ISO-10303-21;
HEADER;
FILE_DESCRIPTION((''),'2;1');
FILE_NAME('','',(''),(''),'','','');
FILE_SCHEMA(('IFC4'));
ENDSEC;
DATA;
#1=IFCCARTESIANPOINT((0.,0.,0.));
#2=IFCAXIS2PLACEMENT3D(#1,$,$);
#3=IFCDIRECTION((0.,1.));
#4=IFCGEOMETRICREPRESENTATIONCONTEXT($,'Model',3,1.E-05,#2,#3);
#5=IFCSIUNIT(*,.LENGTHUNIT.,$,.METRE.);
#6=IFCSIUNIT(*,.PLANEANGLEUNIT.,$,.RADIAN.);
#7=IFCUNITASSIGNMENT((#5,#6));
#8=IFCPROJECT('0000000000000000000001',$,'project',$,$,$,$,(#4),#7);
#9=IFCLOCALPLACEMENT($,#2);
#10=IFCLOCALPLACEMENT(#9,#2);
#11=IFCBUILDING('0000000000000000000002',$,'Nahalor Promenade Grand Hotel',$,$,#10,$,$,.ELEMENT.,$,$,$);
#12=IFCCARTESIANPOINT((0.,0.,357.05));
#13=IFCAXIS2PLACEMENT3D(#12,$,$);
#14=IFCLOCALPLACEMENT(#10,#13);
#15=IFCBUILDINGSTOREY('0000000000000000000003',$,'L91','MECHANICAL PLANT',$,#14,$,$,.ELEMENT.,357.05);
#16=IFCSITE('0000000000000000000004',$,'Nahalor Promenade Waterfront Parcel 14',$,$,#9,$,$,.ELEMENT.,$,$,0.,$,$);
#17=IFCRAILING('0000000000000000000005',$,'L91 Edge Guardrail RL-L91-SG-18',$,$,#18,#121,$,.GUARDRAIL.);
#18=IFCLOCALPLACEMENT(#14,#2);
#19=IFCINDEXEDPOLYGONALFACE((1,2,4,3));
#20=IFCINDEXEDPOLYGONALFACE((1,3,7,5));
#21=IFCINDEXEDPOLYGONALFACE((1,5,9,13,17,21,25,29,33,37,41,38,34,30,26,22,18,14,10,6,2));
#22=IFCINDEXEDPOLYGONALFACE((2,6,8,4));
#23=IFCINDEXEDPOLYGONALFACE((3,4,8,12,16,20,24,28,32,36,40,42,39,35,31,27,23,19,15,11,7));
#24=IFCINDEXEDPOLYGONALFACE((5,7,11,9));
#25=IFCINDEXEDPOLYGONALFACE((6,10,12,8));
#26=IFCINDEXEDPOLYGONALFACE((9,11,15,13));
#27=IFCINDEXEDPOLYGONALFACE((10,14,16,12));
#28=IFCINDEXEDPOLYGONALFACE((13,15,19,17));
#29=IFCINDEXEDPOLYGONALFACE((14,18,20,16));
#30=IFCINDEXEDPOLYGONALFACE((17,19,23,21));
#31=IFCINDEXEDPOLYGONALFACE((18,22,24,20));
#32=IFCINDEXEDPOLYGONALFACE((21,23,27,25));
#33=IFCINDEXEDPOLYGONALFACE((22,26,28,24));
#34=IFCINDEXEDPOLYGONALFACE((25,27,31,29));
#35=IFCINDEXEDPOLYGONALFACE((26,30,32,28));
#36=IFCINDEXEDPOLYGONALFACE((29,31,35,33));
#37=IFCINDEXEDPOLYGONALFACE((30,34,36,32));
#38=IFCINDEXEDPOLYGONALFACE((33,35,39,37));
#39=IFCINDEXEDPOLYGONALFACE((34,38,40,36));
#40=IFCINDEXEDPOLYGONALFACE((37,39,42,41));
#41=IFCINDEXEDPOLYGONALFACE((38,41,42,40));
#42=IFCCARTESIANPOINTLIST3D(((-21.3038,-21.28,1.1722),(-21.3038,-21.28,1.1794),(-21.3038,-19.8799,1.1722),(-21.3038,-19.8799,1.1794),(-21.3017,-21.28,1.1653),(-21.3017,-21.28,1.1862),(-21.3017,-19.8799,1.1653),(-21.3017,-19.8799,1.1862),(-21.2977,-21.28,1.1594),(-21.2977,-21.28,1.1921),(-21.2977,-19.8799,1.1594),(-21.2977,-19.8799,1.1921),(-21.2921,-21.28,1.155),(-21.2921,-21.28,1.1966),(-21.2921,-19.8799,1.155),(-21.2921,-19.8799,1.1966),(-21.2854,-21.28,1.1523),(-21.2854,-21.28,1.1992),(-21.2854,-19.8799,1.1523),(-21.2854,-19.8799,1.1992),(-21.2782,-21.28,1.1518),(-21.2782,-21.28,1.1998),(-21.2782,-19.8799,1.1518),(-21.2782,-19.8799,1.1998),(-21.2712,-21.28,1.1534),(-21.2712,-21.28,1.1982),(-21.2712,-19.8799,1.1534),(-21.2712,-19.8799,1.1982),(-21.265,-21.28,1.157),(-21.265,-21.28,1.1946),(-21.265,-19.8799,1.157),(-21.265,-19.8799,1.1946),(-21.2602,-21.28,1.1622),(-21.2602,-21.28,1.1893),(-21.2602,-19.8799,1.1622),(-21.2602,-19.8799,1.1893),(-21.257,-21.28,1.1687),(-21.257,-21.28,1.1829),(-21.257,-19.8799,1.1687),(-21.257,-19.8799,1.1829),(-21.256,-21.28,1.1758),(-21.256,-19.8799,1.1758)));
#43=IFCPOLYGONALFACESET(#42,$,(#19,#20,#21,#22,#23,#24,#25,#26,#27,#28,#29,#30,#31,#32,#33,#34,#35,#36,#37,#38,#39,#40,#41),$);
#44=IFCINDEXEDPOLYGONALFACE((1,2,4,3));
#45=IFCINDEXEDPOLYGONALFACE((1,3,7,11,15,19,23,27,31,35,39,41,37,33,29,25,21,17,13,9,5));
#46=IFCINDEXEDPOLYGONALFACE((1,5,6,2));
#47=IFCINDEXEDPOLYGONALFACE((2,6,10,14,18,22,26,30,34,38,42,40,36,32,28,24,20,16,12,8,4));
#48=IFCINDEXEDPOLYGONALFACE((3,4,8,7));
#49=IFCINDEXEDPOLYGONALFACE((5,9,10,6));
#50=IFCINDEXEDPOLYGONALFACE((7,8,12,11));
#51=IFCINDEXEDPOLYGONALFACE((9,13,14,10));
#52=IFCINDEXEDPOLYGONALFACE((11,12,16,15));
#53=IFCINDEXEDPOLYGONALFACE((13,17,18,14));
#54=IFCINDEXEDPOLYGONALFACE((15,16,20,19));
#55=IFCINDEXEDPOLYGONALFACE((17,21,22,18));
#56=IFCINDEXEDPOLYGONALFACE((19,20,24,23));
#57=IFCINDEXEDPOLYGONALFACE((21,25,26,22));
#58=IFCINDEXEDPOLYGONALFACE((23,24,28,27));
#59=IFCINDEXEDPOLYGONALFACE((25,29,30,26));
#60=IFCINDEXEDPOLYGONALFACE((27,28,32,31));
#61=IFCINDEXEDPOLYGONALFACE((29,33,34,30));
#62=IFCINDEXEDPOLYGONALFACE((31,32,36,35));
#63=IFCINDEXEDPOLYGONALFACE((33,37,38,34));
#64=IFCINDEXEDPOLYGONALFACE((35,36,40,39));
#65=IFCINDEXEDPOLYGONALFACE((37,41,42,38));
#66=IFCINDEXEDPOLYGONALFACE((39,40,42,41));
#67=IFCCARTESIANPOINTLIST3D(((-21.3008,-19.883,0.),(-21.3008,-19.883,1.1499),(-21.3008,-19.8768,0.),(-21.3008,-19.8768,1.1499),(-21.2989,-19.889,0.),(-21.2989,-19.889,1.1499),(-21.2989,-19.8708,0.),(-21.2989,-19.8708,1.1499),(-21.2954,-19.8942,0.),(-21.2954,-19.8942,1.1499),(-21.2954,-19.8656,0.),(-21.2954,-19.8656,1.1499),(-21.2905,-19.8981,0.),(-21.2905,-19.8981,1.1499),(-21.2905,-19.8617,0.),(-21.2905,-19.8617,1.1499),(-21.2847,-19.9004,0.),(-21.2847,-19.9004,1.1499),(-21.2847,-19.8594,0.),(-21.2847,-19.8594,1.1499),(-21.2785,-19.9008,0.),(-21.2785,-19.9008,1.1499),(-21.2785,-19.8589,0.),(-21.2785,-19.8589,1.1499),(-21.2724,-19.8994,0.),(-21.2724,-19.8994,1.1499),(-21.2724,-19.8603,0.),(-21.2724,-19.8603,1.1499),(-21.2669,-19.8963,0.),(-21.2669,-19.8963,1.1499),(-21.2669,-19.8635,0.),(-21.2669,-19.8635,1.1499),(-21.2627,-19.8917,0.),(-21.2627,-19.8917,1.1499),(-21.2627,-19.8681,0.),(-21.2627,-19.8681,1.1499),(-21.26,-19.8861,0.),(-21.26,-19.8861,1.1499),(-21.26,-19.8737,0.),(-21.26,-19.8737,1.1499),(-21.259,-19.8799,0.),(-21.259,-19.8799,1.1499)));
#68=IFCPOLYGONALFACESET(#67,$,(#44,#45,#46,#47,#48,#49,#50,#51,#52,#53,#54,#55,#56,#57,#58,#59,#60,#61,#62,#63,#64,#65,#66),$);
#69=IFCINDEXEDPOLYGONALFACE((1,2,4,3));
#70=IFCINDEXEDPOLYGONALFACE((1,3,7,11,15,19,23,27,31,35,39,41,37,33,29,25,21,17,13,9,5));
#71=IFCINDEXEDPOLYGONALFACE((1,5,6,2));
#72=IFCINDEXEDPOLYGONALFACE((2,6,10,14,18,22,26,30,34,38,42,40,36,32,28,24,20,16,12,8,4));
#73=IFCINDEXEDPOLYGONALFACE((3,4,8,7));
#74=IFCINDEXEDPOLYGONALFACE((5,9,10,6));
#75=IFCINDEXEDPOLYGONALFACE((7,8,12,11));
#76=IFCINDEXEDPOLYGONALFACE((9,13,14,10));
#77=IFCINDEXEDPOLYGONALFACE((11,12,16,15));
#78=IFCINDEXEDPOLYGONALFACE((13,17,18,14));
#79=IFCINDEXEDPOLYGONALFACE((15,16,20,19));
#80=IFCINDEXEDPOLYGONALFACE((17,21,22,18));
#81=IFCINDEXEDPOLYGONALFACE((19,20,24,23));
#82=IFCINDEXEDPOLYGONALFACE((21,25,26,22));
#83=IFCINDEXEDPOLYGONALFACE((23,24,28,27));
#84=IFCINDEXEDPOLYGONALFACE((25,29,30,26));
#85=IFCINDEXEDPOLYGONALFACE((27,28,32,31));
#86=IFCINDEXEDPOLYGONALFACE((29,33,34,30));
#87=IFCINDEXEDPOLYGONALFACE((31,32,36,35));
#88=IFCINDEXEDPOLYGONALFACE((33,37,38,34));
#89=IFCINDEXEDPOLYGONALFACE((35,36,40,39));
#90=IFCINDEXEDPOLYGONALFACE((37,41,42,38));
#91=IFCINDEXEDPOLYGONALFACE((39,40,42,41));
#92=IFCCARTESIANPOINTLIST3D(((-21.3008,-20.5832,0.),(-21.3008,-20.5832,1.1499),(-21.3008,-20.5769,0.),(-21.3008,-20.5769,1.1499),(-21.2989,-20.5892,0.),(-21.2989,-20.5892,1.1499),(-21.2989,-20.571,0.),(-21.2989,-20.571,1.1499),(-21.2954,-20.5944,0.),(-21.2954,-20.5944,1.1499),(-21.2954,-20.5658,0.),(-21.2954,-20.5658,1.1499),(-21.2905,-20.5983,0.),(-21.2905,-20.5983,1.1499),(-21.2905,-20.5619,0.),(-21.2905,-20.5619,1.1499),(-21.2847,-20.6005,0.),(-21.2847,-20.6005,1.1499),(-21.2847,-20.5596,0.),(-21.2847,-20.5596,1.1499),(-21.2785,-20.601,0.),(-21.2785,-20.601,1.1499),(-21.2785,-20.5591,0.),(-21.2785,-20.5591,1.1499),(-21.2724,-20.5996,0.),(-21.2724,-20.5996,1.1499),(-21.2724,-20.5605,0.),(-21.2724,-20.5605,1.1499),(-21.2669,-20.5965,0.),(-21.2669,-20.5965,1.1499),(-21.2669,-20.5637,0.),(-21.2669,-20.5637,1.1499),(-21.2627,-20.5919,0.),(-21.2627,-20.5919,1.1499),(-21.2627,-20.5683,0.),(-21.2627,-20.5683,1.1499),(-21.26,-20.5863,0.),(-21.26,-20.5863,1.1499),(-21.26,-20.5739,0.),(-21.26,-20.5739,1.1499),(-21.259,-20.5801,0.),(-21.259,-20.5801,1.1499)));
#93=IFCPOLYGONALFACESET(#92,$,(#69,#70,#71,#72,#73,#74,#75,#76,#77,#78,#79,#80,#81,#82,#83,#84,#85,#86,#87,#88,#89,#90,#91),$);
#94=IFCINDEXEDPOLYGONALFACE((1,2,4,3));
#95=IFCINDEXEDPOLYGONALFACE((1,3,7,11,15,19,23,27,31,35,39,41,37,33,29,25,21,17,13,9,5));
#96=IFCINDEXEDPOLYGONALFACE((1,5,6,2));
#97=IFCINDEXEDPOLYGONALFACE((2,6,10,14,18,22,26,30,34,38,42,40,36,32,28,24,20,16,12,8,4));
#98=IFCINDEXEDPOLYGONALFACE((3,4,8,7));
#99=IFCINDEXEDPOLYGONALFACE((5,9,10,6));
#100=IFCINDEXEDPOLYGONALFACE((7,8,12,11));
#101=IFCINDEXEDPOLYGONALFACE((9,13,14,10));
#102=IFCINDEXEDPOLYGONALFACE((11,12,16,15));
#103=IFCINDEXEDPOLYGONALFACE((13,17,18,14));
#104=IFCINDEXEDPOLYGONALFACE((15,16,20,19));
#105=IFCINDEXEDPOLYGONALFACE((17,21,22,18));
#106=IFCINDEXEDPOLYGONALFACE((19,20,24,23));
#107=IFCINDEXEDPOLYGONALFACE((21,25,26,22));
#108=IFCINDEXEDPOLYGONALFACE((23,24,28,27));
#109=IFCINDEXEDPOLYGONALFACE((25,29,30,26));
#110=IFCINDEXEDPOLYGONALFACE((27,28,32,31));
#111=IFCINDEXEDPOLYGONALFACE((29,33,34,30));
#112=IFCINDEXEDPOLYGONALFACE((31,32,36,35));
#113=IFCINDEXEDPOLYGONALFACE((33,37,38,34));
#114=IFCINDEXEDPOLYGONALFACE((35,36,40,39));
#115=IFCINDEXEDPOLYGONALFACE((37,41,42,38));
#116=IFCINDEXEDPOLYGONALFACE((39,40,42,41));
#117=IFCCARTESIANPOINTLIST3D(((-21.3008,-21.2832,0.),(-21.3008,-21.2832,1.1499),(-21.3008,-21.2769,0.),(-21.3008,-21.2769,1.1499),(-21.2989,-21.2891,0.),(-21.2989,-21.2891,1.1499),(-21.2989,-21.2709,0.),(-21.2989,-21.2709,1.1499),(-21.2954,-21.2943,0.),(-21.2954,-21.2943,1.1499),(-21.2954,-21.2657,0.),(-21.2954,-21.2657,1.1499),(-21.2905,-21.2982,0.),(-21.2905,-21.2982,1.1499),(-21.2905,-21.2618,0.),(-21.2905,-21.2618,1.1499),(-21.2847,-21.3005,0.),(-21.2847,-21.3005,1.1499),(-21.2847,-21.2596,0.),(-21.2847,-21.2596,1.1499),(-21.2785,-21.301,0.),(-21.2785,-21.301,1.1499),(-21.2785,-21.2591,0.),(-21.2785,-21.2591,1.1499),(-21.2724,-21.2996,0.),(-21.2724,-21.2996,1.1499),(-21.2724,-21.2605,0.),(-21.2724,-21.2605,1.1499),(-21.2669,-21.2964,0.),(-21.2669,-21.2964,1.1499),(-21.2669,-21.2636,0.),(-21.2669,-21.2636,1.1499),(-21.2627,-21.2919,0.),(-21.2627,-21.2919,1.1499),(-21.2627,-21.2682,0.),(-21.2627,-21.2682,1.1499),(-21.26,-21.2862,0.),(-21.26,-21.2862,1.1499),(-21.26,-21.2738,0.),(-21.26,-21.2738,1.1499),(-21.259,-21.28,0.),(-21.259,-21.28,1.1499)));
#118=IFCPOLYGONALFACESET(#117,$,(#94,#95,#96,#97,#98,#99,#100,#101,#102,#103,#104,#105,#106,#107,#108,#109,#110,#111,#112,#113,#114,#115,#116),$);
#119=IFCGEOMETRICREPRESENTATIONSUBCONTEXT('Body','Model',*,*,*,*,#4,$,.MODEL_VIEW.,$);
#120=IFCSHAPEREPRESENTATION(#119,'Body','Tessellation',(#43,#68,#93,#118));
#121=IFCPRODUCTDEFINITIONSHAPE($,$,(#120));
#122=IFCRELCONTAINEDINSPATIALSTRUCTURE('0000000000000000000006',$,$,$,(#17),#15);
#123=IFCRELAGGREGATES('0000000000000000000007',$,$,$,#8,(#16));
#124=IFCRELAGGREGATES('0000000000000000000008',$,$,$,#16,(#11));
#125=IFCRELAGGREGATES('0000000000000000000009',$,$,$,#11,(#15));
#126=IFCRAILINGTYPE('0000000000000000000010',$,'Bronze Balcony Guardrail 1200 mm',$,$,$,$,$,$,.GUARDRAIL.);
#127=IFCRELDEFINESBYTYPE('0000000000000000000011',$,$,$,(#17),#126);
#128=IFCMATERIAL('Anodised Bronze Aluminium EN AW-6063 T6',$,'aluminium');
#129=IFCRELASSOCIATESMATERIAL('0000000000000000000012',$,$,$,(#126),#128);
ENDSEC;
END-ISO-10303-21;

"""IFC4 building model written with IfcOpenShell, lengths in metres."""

from ifc_helpers import new_model, si_unit, direction, frame, origin, origin_2d, place, context, subcontext, project, spatial, circle, extrude, material, type_object, element, save


model = new_model("IFC4")

# Units and contexts
model_context = context("Model", 3, precision=1e-05, world=origin(), true_north=direction((0.0, 1.0)))
body_context = subcontext(model_context, "Body", "Model", "MODEL_VIEW")
ifc_project = project(units=[si_unit("LENGTHUNIT", "METRE"), si_unit("PLANEANGLEUNIT", "RADIAN")], contexts=[model_context])

# Site, building, storey
site_placement = place(None, origin())
site = spatial("IfcSite", under=ifc_project, at=site_placement, Name="Nahalor Promenade Waterfront Parcel 14", CompositionType="ELEMENT", RefElevation=0.0)
building_placement = place(site_placement, origin())
building = spatial("IfcBuilding", under=site, at=building_placement, Name="Nahalor Promenade Grand Hotel", CompositionType="ELEMENT")
storey_placement = place(building_placement, frame((0.0, 0.0, 357.05)))
storey = spatial("IfcBuildingStorey", under=building, at=storey_placement, Name="L91", Description="MECHANICAL PLANT", CompositionType="ELEMENT", Elevation=357.05)

# Shared definitions
ifc_material_1 = material(Name="Anodised Bronze Aluminium EN AW-6063 T6", Category="aluminium")

# Railing
railing_type = type_object("IfcRailingType", Name="Bronze Balcony Guardrail 1200 mm", PredefinedType="GUARDRAIL", material=ifc_material_1)
railing_1_placement = place(storey_placement, frame((-21.28, -19.8799, 0.0)))
element("IfcRailing", 1, at=railing_1_placement, inside=storey, type_object=railing_type, Name="L91 Edge Guardrail RL-L91-SG-18", PredefinedType="GUARDRAIL", context=body_context, shape_type="SweptSolid", body=[
    extrude(circle(Radius=0.024, at=origin_2d()), frame((0.0, 0.0, 1.1758), z_axis=(0.0, -1.0, 0.0), x_axis=(1.0, 0.0, 0.0)), (0.0, 0.0, 1.0), 1.4001),
    extrude(circle(Radius=0.021, at=origin_2d()), origin(), (0.0, 0.0, 1.0), 1.1499),
    extrude(circle(Radius=0.021, at=origin_2d()), frame((0.0, -0.7002, 0.0)), (0.0, 0.0, 1.0), 1.1499),
    extrude(circle(Radius=0.021, at=origin_2d()), frame((0.0, -1.4001, 0.0)), (0.0, 0.0, 1.0), 1.1499),
])

save(model, "model.ifc")
